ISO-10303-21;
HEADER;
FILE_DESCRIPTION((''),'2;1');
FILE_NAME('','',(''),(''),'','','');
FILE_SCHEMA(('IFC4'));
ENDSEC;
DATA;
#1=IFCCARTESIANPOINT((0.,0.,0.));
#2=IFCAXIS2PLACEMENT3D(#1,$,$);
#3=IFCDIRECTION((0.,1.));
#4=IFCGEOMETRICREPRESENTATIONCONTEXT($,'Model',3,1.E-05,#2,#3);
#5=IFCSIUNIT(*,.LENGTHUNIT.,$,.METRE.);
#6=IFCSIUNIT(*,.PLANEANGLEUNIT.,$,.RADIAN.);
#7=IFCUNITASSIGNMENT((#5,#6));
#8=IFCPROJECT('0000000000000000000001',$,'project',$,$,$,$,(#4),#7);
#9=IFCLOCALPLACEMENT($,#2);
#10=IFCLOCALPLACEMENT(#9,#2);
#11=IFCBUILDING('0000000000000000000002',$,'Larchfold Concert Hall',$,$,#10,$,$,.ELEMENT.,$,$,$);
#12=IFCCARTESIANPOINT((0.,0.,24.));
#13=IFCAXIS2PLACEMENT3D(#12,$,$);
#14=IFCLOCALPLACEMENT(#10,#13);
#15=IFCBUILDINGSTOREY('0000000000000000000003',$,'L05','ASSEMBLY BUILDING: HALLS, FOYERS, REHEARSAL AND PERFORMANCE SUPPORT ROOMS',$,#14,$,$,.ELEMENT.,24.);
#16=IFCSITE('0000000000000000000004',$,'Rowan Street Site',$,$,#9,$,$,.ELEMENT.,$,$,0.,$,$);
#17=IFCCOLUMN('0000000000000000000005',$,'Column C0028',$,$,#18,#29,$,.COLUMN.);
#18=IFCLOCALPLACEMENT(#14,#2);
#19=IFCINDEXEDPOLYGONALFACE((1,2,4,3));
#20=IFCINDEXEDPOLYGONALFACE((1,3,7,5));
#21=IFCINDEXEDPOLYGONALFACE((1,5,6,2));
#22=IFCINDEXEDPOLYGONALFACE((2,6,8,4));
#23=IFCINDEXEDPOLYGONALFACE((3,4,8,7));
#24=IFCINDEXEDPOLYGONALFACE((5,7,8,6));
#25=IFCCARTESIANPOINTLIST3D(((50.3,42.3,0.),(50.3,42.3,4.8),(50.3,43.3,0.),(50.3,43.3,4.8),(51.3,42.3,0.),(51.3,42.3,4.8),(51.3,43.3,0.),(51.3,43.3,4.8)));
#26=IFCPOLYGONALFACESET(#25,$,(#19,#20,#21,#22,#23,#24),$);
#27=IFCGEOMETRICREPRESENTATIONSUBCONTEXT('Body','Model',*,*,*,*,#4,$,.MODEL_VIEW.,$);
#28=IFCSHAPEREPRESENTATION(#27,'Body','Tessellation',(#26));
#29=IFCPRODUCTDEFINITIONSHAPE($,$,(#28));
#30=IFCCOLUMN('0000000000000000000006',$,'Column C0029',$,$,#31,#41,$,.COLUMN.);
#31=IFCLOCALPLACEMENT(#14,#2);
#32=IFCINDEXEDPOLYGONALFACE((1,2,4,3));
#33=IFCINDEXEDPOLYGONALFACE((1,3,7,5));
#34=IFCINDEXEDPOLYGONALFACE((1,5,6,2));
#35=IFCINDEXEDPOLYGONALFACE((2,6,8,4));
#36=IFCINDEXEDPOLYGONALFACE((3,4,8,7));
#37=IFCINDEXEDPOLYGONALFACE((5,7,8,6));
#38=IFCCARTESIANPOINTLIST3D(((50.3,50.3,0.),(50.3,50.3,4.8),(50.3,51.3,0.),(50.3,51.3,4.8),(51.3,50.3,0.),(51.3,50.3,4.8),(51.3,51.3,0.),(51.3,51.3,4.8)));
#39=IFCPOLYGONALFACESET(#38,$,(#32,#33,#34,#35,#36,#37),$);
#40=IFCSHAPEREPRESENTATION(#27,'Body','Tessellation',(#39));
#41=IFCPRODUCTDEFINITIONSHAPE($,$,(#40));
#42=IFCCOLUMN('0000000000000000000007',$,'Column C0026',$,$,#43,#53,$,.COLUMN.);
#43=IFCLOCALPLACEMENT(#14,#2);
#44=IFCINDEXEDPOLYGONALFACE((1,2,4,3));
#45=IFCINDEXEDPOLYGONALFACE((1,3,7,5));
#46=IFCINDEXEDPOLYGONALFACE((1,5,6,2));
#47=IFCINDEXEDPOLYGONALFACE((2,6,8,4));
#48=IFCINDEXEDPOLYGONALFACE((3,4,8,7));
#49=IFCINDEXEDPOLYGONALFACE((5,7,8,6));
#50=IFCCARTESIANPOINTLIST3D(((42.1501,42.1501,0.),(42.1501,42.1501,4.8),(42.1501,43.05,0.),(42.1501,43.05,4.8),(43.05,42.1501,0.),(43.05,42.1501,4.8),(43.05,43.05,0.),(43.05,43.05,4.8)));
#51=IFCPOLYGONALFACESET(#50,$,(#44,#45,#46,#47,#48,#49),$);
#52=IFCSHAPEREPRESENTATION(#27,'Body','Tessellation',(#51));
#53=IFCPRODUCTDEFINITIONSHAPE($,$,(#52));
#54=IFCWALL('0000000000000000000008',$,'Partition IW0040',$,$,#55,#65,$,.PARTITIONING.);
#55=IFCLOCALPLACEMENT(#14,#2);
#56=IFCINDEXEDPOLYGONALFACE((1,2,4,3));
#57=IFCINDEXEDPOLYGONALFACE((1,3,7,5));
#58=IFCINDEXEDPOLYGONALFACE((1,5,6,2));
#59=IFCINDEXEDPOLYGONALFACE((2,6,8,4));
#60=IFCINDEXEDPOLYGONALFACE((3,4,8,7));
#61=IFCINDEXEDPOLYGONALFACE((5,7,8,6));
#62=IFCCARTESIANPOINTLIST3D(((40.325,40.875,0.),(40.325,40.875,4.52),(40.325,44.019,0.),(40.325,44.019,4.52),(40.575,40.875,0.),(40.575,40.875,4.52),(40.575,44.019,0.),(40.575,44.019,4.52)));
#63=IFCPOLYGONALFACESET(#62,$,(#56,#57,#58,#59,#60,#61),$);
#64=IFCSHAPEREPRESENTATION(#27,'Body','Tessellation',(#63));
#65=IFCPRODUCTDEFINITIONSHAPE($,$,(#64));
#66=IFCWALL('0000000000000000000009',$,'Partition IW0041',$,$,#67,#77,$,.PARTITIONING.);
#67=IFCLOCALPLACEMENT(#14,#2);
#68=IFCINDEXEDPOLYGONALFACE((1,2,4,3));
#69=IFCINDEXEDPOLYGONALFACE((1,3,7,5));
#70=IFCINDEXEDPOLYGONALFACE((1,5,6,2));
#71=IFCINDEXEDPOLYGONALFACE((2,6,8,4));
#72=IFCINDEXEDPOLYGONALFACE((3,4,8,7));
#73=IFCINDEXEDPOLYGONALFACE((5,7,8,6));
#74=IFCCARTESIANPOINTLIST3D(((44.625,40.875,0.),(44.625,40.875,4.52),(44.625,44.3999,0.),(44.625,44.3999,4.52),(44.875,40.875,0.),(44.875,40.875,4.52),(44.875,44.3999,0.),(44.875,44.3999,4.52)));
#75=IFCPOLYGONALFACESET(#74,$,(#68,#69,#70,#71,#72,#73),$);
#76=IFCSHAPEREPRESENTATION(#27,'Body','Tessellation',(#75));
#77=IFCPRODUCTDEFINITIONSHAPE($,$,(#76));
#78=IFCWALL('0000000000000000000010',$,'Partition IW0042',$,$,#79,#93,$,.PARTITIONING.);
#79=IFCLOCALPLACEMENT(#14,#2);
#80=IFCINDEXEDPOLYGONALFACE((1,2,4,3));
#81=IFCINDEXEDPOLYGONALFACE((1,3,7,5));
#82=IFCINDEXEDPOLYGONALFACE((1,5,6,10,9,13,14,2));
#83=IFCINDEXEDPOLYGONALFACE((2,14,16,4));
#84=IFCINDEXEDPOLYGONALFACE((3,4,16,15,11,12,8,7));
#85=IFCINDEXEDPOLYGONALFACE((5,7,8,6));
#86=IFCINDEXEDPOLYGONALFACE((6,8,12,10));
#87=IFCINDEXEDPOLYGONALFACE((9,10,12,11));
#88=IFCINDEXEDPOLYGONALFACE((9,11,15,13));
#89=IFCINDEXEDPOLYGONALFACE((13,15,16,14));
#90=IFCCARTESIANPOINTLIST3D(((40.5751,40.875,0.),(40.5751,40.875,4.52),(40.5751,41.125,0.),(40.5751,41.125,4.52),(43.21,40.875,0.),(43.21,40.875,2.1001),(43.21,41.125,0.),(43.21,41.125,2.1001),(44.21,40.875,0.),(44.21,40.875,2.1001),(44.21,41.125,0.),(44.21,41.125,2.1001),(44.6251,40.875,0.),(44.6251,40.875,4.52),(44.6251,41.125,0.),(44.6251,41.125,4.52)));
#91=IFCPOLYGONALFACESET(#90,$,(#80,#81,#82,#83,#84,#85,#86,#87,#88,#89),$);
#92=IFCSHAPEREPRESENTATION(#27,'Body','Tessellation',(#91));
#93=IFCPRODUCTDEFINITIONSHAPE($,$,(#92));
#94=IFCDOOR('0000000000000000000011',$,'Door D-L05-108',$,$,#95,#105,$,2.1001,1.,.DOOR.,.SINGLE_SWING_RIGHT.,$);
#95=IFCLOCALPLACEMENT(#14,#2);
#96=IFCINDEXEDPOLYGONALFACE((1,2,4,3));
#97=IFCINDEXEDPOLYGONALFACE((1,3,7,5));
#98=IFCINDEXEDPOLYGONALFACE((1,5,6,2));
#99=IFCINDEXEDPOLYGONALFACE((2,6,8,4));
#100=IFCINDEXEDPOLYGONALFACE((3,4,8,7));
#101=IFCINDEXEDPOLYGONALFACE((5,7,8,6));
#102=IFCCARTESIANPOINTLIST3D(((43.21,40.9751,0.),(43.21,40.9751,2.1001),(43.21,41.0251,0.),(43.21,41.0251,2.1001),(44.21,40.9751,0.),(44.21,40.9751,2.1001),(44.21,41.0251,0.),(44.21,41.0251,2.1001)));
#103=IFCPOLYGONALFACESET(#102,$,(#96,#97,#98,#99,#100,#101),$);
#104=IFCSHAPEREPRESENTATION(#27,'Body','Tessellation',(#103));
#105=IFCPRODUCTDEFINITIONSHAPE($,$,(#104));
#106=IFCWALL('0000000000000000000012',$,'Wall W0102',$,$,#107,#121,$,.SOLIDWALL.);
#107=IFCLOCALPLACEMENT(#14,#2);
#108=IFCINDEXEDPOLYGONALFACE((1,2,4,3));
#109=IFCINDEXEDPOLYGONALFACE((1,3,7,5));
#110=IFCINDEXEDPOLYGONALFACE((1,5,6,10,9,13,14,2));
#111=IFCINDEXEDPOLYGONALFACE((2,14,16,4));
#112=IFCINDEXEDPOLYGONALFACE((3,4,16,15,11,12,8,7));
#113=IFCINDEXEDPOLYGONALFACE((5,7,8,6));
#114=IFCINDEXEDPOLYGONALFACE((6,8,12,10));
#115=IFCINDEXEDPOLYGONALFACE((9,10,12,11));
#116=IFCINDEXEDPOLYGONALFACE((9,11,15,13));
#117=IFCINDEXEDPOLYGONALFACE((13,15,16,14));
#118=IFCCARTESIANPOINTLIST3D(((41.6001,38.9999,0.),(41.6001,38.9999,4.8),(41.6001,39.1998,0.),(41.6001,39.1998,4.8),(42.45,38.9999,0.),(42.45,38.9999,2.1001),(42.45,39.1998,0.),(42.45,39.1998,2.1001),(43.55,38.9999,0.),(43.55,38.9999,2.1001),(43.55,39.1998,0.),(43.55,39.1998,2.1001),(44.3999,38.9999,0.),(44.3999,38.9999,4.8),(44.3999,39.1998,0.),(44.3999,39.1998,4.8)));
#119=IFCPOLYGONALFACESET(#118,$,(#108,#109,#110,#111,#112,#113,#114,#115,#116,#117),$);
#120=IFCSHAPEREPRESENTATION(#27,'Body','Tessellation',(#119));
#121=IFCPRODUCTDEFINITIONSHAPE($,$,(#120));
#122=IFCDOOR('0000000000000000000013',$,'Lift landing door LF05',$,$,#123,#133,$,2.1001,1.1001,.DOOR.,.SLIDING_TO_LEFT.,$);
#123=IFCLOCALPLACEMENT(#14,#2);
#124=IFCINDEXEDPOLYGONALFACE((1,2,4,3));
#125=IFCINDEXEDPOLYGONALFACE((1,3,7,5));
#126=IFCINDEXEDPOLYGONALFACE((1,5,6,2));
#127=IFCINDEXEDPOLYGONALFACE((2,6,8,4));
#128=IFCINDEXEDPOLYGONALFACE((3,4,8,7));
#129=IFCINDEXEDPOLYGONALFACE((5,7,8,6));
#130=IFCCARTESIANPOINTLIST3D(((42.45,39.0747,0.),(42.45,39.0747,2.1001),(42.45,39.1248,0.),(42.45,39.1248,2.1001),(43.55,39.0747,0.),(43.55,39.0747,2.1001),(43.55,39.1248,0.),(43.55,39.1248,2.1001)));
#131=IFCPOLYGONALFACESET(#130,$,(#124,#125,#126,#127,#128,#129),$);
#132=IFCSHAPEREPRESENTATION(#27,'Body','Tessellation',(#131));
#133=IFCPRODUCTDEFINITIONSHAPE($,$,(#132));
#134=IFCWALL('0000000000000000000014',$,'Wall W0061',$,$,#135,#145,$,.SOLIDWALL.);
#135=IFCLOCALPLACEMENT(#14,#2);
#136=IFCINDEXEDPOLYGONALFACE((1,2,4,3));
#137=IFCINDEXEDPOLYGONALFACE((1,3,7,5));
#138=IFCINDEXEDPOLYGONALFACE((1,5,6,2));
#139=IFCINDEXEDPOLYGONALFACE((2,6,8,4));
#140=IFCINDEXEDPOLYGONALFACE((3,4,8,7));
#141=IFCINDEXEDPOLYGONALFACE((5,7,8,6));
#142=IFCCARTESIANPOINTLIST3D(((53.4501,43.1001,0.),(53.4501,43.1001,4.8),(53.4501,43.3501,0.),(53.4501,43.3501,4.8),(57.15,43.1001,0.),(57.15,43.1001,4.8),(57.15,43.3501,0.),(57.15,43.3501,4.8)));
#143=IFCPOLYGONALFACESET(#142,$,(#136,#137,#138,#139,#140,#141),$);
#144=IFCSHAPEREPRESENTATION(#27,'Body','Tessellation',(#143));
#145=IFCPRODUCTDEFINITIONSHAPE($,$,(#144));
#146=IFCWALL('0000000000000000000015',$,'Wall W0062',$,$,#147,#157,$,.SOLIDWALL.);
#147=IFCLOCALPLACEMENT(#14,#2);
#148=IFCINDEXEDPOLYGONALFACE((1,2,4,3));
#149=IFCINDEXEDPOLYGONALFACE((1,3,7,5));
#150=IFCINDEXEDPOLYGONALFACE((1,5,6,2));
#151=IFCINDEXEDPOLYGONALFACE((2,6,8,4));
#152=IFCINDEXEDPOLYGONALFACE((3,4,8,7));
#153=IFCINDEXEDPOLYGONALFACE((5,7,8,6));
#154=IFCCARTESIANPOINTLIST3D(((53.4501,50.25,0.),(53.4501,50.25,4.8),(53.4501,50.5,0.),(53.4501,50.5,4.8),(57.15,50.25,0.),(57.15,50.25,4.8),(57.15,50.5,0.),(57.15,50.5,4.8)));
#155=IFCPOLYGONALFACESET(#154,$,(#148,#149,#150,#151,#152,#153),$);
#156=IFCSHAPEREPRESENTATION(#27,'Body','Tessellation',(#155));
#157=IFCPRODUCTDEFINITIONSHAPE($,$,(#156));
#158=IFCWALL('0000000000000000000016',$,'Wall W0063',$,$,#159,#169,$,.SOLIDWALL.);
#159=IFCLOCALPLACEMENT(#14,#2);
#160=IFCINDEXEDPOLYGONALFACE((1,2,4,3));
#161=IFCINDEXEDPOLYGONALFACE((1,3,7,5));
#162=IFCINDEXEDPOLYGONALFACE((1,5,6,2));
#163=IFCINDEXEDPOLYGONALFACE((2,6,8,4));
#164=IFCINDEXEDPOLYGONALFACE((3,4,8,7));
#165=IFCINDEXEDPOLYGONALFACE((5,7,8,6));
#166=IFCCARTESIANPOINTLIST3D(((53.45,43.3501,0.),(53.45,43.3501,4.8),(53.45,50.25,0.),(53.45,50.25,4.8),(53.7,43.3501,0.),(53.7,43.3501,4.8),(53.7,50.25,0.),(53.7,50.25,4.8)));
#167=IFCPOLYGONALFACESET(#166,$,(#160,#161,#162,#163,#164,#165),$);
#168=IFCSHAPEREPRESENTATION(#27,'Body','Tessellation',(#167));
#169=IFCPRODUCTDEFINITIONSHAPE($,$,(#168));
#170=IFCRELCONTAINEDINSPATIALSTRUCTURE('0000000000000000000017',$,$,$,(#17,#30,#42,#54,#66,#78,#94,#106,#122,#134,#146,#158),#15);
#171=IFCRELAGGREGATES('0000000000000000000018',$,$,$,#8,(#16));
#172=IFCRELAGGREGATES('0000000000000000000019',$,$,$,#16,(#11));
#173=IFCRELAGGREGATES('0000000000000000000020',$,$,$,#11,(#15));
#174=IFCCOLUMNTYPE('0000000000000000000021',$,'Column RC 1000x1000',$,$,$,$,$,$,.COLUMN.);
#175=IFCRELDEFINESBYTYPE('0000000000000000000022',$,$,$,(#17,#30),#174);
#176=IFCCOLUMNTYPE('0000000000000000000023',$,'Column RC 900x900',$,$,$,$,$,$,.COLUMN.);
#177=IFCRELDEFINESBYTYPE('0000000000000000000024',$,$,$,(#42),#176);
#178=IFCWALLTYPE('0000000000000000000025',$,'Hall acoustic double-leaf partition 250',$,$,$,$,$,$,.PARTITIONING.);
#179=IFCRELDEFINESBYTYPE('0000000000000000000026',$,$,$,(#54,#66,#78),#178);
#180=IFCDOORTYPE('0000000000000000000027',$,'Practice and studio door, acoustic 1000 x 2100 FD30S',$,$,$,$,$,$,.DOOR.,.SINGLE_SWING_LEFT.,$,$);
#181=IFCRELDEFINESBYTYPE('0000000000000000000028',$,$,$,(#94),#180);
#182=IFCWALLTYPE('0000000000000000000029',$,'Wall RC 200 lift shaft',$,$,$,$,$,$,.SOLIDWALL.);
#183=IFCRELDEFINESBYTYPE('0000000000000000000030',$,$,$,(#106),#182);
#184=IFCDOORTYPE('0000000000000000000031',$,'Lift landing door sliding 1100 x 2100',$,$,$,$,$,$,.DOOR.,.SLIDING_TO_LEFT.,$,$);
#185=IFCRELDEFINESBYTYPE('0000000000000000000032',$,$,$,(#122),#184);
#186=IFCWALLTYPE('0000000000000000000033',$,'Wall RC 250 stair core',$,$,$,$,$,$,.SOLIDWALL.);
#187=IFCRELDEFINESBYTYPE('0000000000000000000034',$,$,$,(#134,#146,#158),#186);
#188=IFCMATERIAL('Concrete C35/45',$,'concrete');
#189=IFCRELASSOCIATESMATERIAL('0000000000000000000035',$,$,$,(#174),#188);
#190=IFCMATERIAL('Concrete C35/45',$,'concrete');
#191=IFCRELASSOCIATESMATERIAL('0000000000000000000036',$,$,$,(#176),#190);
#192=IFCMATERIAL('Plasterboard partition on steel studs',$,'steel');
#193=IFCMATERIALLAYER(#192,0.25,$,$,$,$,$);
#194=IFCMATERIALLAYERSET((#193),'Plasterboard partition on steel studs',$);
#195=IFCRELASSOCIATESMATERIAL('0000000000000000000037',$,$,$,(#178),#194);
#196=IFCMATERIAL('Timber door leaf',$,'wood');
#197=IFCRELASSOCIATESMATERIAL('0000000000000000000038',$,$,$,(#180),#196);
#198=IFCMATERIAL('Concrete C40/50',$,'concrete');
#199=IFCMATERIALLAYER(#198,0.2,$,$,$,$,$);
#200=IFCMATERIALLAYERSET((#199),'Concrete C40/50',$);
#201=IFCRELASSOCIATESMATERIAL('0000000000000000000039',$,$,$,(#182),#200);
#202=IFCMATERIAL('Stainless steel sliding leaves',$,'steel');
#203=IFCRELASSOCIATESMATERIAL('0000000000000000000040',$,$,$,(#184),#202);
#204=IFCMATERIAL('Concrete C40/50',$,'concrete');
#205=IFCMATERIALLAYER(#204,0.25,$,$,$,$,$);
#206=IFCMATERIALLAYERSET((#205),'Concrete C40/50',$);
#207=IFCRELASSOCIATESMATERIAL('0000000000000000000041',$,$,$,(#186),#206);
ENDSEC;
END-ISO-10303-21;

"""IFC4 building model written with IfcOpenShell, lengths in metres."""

from ifc_helpers import new_model, si_unit, direction, frame, frame_2d, origin, origin_2d, place, context, subcontext, project, spatial, rectangle, extrude, material, layer, layer_set, material_profile, profile_set, type_object, element, fill, save


model = new_model("IFC4")

# Units and contexts
model_context = context("Model", 3, precision=1e-05, world=origin(), true_north=direction((0.0, 1.0)))
body_context = subcontext(model_context, "Body", "Model", "MODEL_VIEW")
ifc_project = project(units=[si_unit("LENGTHUNIT", "METRE"), si_unit("PLANEANGLEUNIT", "RADIAN")], contexts=[model_context])

# Site, building, storey
site_placement = place(None, origin())
site = spatial("IfcSite", under=ifc_project, at=site_placement, Name="Rowan Street Site", CompositionType="ELEMENT", RefElevation=0.0)
building_placement = place(site_placement, origin())
building = spatial("IfcBuilding", under=site, at=building_placement, Name="Larchfold Concert Hall", CompositionType="ELEMENT")
storey_placement = place(building_placement, frame((0.0, 0.0, 24.0)))
storey = spatial("IfcBuildingStorey", under=building, at=storey_placement, Name="L05", Description="ASSEMBLY BUILDING: HALLS, FOYERS, REHEARSAL AND PERFORMANCE SUPPORT ROOMS", CompositionType="ELEMENT", Elevation=24.0)

# Columns
ifc_material_1 = material(Name="Concrete C35/45", Category="concrete")
ifc_material_profile_1 = material_profile(ifc_material_1, rectangle(XDim=1.0, YDim=1.0, at=origin_2d()))
ifc_profile_set_1 = profile_set([ifc_material_profile_1], Name="Concrete C35/45")
column_type_1 = type_object("IfcColumnType", Name="Column RC 1000x1000", PredefinedType="COLUMN", material=ifc_profile_set_1)
for number, where, z_axis, x_axis, name in (
    (1, (50.8, 42.8, 0.0), (0.0, 0.0, 1.0), (1.0, 0.0, 0.0), "Column C0028"),
    (2, (50.8, 50.8, 0.0), (0.0, 0.0, 1.0), (1.0, 0.0, 0.0), "Column C0029"),
):
    element("IfcColumn", number, at=place(storey_placement, frame(where, z_axis=z_axis, x_axis=x_axis)), inside=storey, type_object=column_type_1, Name=name, PredefinedType="COLUMN", context=body_context, shape_type="SweptSolid", body=[
        extrude(rectangle(XDim=1.0, YDim=1.0, at=origin_2d()), origin(), (0.0, 0.0, 1.0), 4.8),
    ])
ifc_material_2 = material(Name="Concrete C35/45", Category="concrete")
ifc_material_profile_2 = material_profile(ifc_material_2, rectangle(XDim=0.8999, YDim=0.8999, at=origin_2d()))
ifc_profile_set_2 = profile_set([ifc_material_profile_2], Name="Concrete C35/45")
column_type_2 = type_object("IfcColumnType", Name="Column RC 900x900", PredefinedType="COLUMN", material=ifc_profile_set_2)
column_placement = place(storey_placement, frame((42.6001, 42.6001, 0.0), z_axis=(0.0, 0.0, 1.0), x_axis=(1.0, 0.0, 0.0)))
element("IfcColumn", 3, at=column_placement, inside=storey, type_object=column_type_2, Name="Column C0026", PredefinedType="COLUMN", context=body_context, shape_type="SweptSolid", body=[
    extrude(rectangle(XDim=0.8999, YDim=0.8999, at=origin_2d()), origin(), (0.0, 0.0, 1.0), 4.8),
])

# Walls
ifc_material_3 = material(Name="Plasterboard partition on steel studs", Category="steel")
ifc_layer_1 = layer(ifc_material_3, 0.25)
ifc_layer_set_1 = layer_set([ifc_layer_1], Name="Plasterboard partition on steel studs")
wall_type_1 = type_object("IfcWallType", Name="Hall acoustic double-leaf partition 250", PredefinedType="PARTITIONING", material=ifc_layer_set_1)
wall_1_placement = place(storey_placement, frame((40.45, 40.875, 0.0), z_axis=(0.0, 0.0, 1.0), x_axis=(0.0, 1.0, 0.0)))
element("IfcWall", 4, at=wall_1_placement, inside=storey, type_object=wall_type_1, Name="Partition IW0040", PredefinedType="PARTITIONING", context=body_context, shape_type="SweptSolid", body=[
    extrude(rectangle(XDim=3.144, YDim=0.25, at=frame_2d((1.572, 0.0))), origin(), (0.0, 0.0, 1.0), 4.52),
])
wall_2_placement = place(storey_placement, frame((44.75, 44.3999, 0.0), z_axis=(0.0, 0.0, 1.0), x_axis=(0.0, -1.0, 0.0)))
element("IfcWall", 5, at=wall_2_placement, inside=storey, type_object=wall_type_1, Name="Partition IW0041", PredefinedType="PARTITIONING", context=body_context, shape_type="SweptSolid", body=[
    extrude(rectangle(XDim=3.5249, YDim=0.25, at=frame_2d((1.7625, 0.0))), origin(), (0.0, 0.0, 1.0), 4.52),
])

# Walls, openings, doors
wall_3_placement = place(storey_placement, frame((44.625, 41.0, 0.0), z_axis=(0.0, 0.0, 1.0), x_axis=(-1.0, 0.0, 0.0)))
wall_3 = element("IfcWall", 6, at=wall_3_placement, inside=storey, type_object=wall_type_1, Name="Partition IW0042", PredefinedType="PARTITIONING", context=body_context, shape_type="SweptSolid", body=[
    extrude(rectangle(XDim=4.05, YDim=0.25, at=frame_2d((2.0249, 0.0))), origin(), (0.0, 0.0, 1.0), 4.52),
])
opening_1_placement = place(wall_3_placement, frame((0.415, 0.0, 0.0)))
opening_1 = element("IfcOpeningElement", 7, at=opening_1_placement, cuts=wall_3, PredefinedType="OPENING", context=body_context, shape_type="SweptSolid", body=[
    extrude(rectangle(XDim=1.0, YDim=2.1001, at=frame_2d((0.5, 1.05))), frame((0.0, 0.135, 0.0), z_axis=(0.0, -1.0, 0.0), x_axis=(1.0, 0.0, 0.0)), (0.0, 0.0, 1.0), 0.27),
])
ifc_material_4 = material(Name="Timber door leaf", Category="wood")
door_type_1 = type_object("IfcDoorType", Name="Practice and studio door, acoustic 1000 x 2100 FD30S", OperationType="SINGLE_SWING_LEFT", PredefinedType="DOOR", material=ifc_material_4)
door_1_placement = place(opening_1_placement, origin())
door_1 = element("IfcDoor", 8, at=door_1_placement, inside=storey, type_object=door_type_1, Name="Door D-L05-108", OperationType="SINGLE_SWING_RIGHT", OverallHeight=2.1001, OverallWidth=1.0, PredefinedType="DOOR", context=body_context, shape_type="SweptSolid", body=[
    extrude(rectangle(XDim=1.0, YDim=2.1001, at=frame_2d((0.5, 1.05))), frame((0.0, 0.0249, 0.0), z_axis=(0.0, -1.0, 0.0), x_axis=(1.0, 0.0, 0.0)), (0.0, 0.0, 1.0), 0.05),
])
fill(opening_1, door_1)
ifc_material_5 = material(Name="Concrete C40/50", Category="concrete")
ifc_layer_2 = layer(ifc_material_5, 0.2)
ifc_layer_set_2 = layer_set([ifc_layer_2], Name="Concrete C40/50")
wall_type_2 = type_object("IfcWallType", Name="Wall RC 200 lift shaft", PredefinedType="SOLIDWALL", material=ifc_layer_set_2)
wall_4_placement = place(storey_placement, frame((41.6001, 39.0999, 0.0), z_axis=(0.0, 0.0, 1.0), x_axis=(1.0, 0.0, 0.0)))
wall_4 = element("IfcWall", 9, at=wall_4_placement, inside=storey, type_object=wall_type_2, Name="Wall W0102", PredefinedType="SOLIDWALL", context=body_context, shape_type="SweptSolid", body=[
    extrude(rectangle(XDim=2.7998, YDim=0.2, at=frame_2d((1.3999, 0.0))), origin(), (0.0, 0.0, 1.0), 4.8),
])
opening_2_placement = place(wall_4_placement, frame((0.8499, 0.0, 0.0)))
opening_2 = element("IfcOpeningElement", 10, at=opening_2_placement, cuts=wall_4, PredefinedType="OPENING", context=body_context, shape_type="SweptSolid", body=[
    extrude(rectangle(XDim=1.1001, YDim=2.1001, at=frame_2d((0.55, 1.05))), frame((0.0, 0.1099, 0.0), z_axis=(0.0, -1.0, 0.0), x_axis=(1.0, 0.0, 0.0)), (0.0, 0.0, 1.0), 0.22),
])
ifc_material_6 = material(Name="Stainless steel sliding leaves", Category="steel")
door_type_2 = type_object("IfcDoorType", Name="Lift landing door sliding 1100 x 2100", OperationType="SLIDING_TO_LEFT", PredefinedType="DOOR", material=ifc_material_6)
door_2_placement = place(opening_2_placement, origin())
door_2 = element("IfcDoor", 11, at=door_2_placement, inside=storey, type_object=door_type_2, Name="Lift landing door LF05", OperationType="SLIDING_TO_LEFT", OverallHeight=2.1001, OverallWidth=1.1001, PredefinedType="DOOR", context=body_context, shape_type="SweptSolid", body=[
    extrude(rectangle(XDim=1.1001, YDim=2.1001, at=frame_2d((0.55, 1.05))), frame((0.0, 0.0249, 0.0), z_axis=(0.0, -1.0, 0.0), x_axis=(1.0, 0.0, 0.0)), (0.0, 0.0, 1.0), 0.05),
])
fill(opening_2, door_2)

# Walls
ifc_material_7 = material(Name="Concrete C40/50", Category="concrete")
ifc_layer_3 = layer(ifc_material_7, 0.25)
ifc_layer_set_3 = layer_set([ifc_layer_3], Name="Concrete C40/50")
wall_type_3 = type_object("IfcWallType", Name="Wall RC 250 stair core", PredefinedType="SOLIDWALL", material=ifc_layer_set_3)
for number, where, z_axis, x_axis, name in (
    (12, (53.45, 43.2251, 0.0), (0.0, 0.0, 1.0), (1.0, 0.0, 0.0), "Wall W0061"),
    (13, (53.45, 50.375, 0.0), (0.0, 0.0, 1.0), (1.0, 0.0, 0.0), "Wall W0062"),
):
    element("IfcWall", number, at=place(storey_placement, frame(where, z_axis=z_axis, x_axis=x_axis)), inside=storey, type_object=wall_type_3, Name=name, PredefinedType="SOLIDWALL", context=body_context, shape_type="SweptSolid", body=[
        extrude(rectangle(XDim=3.7, YDim=0.25, at=frame_2d((1.8501, 0.0))), origin(), (0.0, 0.0, 1.0), 4.8),
    ])
wall_5_placement = place(storey_placement, frame((53.575, 43.3501, 0.0), z_axis=(0.0, 0.0, 1.0), x_axis=(0.0, 1.0, 0.0)))
element("IfcWall", 14, at=wall_5_placement, inside=storey, type_object=wall_type_3, Name="Wall W0063", PredefinedType="SOLIDWALL", context=body_context, shape_type="SweptSolid", body=[
    extrude(rectangle(XDim=6.8999, YDim=0.25, at=frame_2d((3.45, 0.0))), origin(), (0.0, 0.0, 1.0), 4.8),
])

save(model, "model.ifc")
